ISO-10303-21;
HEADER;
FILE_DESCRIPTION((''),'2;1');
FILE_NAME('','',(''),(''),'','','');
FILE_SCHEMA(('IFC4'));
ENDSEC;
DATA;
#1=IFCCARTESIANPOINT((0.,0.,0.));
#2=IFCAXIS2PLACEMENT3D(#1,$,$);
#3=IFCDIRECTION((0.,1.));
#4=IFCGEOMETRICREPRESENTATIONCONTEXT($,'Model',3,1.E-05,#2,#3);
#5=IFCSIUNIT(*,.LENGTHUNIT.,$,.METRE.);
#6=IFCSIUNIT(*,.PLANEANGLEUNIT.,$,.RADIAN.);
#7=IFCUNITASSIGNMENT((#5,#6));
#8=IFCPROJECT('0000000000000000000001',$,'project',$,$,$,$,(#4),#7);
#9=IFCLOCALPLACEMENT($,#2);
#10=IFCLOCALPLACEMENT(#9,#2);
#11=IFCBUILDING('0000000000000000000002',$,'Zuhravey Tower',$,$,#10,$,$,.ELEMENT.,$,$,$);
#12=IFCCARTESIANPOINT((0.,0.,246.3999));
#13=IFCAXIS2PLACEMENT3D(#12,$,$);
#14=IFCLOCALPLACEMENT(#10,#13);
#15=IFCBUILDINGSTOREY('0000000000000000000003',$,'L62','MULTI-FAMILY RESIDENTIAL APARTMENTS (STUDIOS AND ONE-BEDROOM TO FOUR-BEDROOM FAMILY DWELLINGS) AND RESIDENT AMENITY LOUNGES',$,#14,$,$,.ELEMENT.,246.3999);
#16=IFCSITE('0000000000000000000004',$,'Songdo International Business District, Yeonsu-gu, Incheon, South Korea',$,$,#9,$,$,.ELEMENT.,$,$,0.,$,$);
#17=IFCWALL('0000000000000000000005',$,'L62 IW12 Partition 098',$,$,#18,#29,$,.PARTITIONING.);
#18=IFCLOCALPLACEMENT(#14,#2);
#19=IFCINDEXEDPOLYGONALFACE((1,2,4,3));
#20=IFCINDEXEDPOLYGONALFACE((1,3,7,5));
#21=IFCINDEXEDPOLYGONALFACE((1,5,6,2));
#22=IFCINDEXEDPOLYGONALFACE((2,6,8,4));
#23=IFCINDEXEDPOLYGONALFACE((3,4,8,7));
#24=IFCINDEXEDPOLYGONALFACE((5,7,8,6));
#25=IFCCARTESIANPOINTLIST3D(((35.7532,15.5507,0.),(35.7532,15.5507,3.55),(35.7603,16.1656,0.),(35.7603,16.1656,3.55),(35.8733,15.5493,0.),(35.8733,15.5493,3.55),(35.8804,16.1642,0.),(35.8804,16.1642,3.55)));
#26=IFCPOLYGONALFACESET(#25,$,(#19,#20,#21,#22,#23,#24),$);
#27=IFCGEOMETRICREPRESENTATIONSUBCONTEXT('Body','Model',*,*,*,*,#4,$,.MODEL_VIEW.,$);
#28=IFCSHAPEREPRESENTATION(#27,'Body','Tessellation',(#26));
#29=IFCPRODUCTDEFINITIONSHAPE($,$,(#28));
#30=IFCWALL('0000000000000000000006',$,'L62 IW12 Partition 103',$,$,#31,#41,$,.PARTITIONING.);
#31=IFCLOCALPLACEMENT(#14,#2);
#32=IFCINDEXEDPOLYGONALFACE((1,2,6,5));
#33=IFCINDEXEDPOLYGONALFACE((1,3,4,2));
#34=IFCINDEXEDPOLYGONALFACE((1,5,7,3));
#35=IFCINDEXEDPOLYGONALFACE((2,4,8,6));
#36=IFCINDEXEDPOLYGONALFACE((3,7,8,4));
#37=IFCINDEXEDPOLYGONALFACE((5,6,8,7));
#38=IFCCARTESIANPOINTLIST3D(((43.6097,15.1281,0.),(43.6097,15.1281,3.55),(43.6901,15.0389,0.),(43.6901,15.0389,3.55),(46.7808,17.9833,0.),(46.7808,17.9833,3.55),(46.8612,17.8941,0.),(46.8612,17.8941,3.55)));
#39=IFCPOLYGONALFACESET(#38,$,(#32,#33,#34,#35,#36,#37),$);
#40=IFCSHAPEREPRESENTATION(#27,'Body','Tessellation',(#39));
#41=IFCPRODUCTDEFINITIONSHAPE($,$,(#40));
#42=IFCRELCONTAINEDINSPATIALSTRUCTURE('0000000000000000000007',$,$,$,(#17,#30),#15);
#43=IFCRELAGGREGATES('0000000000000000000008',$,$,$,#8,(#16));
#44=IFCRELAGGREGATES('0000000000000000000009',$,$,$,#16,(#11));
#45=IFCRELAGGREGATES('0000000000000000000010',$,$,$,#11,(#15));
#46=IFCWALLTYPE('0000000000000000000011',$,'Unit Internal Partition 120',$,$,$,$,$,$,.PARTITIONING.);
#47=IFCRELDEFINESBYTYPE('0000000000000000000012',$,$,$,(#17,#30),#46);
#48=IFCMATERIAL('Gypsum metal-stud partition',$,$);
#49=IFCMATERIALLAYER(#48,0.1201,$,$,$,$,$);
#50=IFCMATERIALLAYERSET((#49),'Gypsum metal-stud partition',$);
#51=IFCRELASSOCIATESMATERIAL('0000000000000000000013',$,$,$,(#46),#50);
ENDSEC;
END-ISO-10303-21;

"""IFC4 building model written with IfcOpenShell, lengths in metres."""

from ifc_helpers import new_model, si_unit, direction, frame, frame_2d, origin, place, context, subcontext, project, spatial, rectangle, extrude, material, layer, layer_set, type_object, element, save


model = new_model("IFC4")

# Units and contexts
model_context = context("Model", 3, precision=1e-05, world=origin(), true_north=direction((0.0, 1.0)))
body_context = subcontext(model_context, "Body", "Model", "MODEL_VIEW")
ifc_project = project(units=[si_unit("LENGTHUNIT", "METRE"), si_unit("PLANEANGLEUNIT", "RADIAN")], contexts=[model_context])

# Site, building, storey
site_placement = place(None, origin())
site = spatial("IfcSite", under=ifc_project, at=site_placement, Name="Songdo International Business District, Yeonsu-gu, Incheon, South Korea", CompositionType="ELEMENT", RefElevation=0.0)
building_placement = place(site_placement, origin())
building = spatial("IfcBuilding", under=site, at=building_placement, Name="Zuhravey Tower", CompositionType="ELEMENT")
storey_placement = place(building_placement, frame((0.0, 0.0, 246.3999)))
storey = spatial("IfcBuildingStorey", under=building, at=storey_placement, Name="L62", Description="MULTI-FAMILY RESIDENTIAL APARTMENTS (STUDIOS AND ONE-BEDROOM TO FOUR-BEDROOM FAMILY DWELLINGS) AND RESIDENT AMENITY LOUNGES", CompositionType="ELEMENT", Elevation=246.3999)

# Shared definitions
ifc_material_1 = material(Name="Gypsum metal-stud partition")
ifc_layer_1 = layer(ifc_material_1, 0.1201)
ifc_layer_set_1 = layer_set([ifc_layer_1], Name="Gypsum metal-stud partition")
wall_type_1 = type_object("IfcWallType", Name="Unit Internal Partition 120", PredefinedType="PARTITIONING", material=ifc_layer_set_1)

# Walls
wall_1_placement = place(storey_placement, frame((35.8203, 16.165, 0.0), z_axis=(0.0, 0.0, 1.0), x_axis=(-0.011512, -0.999934, 0.0)))
element("IfcWall", 1, at=wall_1_placement, inside=storey, type_object=wall_type_1, Name="L62 IW12 Partition 098", PredefinedType="PARTITIONING", context=body_context, shape_type="SweptSolid", body=[
    extrude(rectangle(XDim=0.615, YDim=0.1201, at=frame_2d((0.3076, 0.0))), origin(), (0.0, 0.0, 1.0), 3.55),
])
wall_2_placement = place(storey_placement, frame((43.6499, 15.0835, 0.0), z_axis=(0.0, 0.0, 1.0), x_axis=(0.743155, 0.66912, 0.0)))
element("IfcWall", 2, at=wall_2_placement, inside=storey, type_object=wall_type_1, Name="L62 IW12 Partition 103", PredefinedType="PARTITIONING", context=body_context, shape_type="SweptSolid", body=[
    extrude(rectangle(XDim=4.2671, YDim=0.1201, at=frame_2d((2.1335, 0.0))), origin(), (0.0, 0.0, 1.0), 3.55),
])

save(model, "model.ifc")
